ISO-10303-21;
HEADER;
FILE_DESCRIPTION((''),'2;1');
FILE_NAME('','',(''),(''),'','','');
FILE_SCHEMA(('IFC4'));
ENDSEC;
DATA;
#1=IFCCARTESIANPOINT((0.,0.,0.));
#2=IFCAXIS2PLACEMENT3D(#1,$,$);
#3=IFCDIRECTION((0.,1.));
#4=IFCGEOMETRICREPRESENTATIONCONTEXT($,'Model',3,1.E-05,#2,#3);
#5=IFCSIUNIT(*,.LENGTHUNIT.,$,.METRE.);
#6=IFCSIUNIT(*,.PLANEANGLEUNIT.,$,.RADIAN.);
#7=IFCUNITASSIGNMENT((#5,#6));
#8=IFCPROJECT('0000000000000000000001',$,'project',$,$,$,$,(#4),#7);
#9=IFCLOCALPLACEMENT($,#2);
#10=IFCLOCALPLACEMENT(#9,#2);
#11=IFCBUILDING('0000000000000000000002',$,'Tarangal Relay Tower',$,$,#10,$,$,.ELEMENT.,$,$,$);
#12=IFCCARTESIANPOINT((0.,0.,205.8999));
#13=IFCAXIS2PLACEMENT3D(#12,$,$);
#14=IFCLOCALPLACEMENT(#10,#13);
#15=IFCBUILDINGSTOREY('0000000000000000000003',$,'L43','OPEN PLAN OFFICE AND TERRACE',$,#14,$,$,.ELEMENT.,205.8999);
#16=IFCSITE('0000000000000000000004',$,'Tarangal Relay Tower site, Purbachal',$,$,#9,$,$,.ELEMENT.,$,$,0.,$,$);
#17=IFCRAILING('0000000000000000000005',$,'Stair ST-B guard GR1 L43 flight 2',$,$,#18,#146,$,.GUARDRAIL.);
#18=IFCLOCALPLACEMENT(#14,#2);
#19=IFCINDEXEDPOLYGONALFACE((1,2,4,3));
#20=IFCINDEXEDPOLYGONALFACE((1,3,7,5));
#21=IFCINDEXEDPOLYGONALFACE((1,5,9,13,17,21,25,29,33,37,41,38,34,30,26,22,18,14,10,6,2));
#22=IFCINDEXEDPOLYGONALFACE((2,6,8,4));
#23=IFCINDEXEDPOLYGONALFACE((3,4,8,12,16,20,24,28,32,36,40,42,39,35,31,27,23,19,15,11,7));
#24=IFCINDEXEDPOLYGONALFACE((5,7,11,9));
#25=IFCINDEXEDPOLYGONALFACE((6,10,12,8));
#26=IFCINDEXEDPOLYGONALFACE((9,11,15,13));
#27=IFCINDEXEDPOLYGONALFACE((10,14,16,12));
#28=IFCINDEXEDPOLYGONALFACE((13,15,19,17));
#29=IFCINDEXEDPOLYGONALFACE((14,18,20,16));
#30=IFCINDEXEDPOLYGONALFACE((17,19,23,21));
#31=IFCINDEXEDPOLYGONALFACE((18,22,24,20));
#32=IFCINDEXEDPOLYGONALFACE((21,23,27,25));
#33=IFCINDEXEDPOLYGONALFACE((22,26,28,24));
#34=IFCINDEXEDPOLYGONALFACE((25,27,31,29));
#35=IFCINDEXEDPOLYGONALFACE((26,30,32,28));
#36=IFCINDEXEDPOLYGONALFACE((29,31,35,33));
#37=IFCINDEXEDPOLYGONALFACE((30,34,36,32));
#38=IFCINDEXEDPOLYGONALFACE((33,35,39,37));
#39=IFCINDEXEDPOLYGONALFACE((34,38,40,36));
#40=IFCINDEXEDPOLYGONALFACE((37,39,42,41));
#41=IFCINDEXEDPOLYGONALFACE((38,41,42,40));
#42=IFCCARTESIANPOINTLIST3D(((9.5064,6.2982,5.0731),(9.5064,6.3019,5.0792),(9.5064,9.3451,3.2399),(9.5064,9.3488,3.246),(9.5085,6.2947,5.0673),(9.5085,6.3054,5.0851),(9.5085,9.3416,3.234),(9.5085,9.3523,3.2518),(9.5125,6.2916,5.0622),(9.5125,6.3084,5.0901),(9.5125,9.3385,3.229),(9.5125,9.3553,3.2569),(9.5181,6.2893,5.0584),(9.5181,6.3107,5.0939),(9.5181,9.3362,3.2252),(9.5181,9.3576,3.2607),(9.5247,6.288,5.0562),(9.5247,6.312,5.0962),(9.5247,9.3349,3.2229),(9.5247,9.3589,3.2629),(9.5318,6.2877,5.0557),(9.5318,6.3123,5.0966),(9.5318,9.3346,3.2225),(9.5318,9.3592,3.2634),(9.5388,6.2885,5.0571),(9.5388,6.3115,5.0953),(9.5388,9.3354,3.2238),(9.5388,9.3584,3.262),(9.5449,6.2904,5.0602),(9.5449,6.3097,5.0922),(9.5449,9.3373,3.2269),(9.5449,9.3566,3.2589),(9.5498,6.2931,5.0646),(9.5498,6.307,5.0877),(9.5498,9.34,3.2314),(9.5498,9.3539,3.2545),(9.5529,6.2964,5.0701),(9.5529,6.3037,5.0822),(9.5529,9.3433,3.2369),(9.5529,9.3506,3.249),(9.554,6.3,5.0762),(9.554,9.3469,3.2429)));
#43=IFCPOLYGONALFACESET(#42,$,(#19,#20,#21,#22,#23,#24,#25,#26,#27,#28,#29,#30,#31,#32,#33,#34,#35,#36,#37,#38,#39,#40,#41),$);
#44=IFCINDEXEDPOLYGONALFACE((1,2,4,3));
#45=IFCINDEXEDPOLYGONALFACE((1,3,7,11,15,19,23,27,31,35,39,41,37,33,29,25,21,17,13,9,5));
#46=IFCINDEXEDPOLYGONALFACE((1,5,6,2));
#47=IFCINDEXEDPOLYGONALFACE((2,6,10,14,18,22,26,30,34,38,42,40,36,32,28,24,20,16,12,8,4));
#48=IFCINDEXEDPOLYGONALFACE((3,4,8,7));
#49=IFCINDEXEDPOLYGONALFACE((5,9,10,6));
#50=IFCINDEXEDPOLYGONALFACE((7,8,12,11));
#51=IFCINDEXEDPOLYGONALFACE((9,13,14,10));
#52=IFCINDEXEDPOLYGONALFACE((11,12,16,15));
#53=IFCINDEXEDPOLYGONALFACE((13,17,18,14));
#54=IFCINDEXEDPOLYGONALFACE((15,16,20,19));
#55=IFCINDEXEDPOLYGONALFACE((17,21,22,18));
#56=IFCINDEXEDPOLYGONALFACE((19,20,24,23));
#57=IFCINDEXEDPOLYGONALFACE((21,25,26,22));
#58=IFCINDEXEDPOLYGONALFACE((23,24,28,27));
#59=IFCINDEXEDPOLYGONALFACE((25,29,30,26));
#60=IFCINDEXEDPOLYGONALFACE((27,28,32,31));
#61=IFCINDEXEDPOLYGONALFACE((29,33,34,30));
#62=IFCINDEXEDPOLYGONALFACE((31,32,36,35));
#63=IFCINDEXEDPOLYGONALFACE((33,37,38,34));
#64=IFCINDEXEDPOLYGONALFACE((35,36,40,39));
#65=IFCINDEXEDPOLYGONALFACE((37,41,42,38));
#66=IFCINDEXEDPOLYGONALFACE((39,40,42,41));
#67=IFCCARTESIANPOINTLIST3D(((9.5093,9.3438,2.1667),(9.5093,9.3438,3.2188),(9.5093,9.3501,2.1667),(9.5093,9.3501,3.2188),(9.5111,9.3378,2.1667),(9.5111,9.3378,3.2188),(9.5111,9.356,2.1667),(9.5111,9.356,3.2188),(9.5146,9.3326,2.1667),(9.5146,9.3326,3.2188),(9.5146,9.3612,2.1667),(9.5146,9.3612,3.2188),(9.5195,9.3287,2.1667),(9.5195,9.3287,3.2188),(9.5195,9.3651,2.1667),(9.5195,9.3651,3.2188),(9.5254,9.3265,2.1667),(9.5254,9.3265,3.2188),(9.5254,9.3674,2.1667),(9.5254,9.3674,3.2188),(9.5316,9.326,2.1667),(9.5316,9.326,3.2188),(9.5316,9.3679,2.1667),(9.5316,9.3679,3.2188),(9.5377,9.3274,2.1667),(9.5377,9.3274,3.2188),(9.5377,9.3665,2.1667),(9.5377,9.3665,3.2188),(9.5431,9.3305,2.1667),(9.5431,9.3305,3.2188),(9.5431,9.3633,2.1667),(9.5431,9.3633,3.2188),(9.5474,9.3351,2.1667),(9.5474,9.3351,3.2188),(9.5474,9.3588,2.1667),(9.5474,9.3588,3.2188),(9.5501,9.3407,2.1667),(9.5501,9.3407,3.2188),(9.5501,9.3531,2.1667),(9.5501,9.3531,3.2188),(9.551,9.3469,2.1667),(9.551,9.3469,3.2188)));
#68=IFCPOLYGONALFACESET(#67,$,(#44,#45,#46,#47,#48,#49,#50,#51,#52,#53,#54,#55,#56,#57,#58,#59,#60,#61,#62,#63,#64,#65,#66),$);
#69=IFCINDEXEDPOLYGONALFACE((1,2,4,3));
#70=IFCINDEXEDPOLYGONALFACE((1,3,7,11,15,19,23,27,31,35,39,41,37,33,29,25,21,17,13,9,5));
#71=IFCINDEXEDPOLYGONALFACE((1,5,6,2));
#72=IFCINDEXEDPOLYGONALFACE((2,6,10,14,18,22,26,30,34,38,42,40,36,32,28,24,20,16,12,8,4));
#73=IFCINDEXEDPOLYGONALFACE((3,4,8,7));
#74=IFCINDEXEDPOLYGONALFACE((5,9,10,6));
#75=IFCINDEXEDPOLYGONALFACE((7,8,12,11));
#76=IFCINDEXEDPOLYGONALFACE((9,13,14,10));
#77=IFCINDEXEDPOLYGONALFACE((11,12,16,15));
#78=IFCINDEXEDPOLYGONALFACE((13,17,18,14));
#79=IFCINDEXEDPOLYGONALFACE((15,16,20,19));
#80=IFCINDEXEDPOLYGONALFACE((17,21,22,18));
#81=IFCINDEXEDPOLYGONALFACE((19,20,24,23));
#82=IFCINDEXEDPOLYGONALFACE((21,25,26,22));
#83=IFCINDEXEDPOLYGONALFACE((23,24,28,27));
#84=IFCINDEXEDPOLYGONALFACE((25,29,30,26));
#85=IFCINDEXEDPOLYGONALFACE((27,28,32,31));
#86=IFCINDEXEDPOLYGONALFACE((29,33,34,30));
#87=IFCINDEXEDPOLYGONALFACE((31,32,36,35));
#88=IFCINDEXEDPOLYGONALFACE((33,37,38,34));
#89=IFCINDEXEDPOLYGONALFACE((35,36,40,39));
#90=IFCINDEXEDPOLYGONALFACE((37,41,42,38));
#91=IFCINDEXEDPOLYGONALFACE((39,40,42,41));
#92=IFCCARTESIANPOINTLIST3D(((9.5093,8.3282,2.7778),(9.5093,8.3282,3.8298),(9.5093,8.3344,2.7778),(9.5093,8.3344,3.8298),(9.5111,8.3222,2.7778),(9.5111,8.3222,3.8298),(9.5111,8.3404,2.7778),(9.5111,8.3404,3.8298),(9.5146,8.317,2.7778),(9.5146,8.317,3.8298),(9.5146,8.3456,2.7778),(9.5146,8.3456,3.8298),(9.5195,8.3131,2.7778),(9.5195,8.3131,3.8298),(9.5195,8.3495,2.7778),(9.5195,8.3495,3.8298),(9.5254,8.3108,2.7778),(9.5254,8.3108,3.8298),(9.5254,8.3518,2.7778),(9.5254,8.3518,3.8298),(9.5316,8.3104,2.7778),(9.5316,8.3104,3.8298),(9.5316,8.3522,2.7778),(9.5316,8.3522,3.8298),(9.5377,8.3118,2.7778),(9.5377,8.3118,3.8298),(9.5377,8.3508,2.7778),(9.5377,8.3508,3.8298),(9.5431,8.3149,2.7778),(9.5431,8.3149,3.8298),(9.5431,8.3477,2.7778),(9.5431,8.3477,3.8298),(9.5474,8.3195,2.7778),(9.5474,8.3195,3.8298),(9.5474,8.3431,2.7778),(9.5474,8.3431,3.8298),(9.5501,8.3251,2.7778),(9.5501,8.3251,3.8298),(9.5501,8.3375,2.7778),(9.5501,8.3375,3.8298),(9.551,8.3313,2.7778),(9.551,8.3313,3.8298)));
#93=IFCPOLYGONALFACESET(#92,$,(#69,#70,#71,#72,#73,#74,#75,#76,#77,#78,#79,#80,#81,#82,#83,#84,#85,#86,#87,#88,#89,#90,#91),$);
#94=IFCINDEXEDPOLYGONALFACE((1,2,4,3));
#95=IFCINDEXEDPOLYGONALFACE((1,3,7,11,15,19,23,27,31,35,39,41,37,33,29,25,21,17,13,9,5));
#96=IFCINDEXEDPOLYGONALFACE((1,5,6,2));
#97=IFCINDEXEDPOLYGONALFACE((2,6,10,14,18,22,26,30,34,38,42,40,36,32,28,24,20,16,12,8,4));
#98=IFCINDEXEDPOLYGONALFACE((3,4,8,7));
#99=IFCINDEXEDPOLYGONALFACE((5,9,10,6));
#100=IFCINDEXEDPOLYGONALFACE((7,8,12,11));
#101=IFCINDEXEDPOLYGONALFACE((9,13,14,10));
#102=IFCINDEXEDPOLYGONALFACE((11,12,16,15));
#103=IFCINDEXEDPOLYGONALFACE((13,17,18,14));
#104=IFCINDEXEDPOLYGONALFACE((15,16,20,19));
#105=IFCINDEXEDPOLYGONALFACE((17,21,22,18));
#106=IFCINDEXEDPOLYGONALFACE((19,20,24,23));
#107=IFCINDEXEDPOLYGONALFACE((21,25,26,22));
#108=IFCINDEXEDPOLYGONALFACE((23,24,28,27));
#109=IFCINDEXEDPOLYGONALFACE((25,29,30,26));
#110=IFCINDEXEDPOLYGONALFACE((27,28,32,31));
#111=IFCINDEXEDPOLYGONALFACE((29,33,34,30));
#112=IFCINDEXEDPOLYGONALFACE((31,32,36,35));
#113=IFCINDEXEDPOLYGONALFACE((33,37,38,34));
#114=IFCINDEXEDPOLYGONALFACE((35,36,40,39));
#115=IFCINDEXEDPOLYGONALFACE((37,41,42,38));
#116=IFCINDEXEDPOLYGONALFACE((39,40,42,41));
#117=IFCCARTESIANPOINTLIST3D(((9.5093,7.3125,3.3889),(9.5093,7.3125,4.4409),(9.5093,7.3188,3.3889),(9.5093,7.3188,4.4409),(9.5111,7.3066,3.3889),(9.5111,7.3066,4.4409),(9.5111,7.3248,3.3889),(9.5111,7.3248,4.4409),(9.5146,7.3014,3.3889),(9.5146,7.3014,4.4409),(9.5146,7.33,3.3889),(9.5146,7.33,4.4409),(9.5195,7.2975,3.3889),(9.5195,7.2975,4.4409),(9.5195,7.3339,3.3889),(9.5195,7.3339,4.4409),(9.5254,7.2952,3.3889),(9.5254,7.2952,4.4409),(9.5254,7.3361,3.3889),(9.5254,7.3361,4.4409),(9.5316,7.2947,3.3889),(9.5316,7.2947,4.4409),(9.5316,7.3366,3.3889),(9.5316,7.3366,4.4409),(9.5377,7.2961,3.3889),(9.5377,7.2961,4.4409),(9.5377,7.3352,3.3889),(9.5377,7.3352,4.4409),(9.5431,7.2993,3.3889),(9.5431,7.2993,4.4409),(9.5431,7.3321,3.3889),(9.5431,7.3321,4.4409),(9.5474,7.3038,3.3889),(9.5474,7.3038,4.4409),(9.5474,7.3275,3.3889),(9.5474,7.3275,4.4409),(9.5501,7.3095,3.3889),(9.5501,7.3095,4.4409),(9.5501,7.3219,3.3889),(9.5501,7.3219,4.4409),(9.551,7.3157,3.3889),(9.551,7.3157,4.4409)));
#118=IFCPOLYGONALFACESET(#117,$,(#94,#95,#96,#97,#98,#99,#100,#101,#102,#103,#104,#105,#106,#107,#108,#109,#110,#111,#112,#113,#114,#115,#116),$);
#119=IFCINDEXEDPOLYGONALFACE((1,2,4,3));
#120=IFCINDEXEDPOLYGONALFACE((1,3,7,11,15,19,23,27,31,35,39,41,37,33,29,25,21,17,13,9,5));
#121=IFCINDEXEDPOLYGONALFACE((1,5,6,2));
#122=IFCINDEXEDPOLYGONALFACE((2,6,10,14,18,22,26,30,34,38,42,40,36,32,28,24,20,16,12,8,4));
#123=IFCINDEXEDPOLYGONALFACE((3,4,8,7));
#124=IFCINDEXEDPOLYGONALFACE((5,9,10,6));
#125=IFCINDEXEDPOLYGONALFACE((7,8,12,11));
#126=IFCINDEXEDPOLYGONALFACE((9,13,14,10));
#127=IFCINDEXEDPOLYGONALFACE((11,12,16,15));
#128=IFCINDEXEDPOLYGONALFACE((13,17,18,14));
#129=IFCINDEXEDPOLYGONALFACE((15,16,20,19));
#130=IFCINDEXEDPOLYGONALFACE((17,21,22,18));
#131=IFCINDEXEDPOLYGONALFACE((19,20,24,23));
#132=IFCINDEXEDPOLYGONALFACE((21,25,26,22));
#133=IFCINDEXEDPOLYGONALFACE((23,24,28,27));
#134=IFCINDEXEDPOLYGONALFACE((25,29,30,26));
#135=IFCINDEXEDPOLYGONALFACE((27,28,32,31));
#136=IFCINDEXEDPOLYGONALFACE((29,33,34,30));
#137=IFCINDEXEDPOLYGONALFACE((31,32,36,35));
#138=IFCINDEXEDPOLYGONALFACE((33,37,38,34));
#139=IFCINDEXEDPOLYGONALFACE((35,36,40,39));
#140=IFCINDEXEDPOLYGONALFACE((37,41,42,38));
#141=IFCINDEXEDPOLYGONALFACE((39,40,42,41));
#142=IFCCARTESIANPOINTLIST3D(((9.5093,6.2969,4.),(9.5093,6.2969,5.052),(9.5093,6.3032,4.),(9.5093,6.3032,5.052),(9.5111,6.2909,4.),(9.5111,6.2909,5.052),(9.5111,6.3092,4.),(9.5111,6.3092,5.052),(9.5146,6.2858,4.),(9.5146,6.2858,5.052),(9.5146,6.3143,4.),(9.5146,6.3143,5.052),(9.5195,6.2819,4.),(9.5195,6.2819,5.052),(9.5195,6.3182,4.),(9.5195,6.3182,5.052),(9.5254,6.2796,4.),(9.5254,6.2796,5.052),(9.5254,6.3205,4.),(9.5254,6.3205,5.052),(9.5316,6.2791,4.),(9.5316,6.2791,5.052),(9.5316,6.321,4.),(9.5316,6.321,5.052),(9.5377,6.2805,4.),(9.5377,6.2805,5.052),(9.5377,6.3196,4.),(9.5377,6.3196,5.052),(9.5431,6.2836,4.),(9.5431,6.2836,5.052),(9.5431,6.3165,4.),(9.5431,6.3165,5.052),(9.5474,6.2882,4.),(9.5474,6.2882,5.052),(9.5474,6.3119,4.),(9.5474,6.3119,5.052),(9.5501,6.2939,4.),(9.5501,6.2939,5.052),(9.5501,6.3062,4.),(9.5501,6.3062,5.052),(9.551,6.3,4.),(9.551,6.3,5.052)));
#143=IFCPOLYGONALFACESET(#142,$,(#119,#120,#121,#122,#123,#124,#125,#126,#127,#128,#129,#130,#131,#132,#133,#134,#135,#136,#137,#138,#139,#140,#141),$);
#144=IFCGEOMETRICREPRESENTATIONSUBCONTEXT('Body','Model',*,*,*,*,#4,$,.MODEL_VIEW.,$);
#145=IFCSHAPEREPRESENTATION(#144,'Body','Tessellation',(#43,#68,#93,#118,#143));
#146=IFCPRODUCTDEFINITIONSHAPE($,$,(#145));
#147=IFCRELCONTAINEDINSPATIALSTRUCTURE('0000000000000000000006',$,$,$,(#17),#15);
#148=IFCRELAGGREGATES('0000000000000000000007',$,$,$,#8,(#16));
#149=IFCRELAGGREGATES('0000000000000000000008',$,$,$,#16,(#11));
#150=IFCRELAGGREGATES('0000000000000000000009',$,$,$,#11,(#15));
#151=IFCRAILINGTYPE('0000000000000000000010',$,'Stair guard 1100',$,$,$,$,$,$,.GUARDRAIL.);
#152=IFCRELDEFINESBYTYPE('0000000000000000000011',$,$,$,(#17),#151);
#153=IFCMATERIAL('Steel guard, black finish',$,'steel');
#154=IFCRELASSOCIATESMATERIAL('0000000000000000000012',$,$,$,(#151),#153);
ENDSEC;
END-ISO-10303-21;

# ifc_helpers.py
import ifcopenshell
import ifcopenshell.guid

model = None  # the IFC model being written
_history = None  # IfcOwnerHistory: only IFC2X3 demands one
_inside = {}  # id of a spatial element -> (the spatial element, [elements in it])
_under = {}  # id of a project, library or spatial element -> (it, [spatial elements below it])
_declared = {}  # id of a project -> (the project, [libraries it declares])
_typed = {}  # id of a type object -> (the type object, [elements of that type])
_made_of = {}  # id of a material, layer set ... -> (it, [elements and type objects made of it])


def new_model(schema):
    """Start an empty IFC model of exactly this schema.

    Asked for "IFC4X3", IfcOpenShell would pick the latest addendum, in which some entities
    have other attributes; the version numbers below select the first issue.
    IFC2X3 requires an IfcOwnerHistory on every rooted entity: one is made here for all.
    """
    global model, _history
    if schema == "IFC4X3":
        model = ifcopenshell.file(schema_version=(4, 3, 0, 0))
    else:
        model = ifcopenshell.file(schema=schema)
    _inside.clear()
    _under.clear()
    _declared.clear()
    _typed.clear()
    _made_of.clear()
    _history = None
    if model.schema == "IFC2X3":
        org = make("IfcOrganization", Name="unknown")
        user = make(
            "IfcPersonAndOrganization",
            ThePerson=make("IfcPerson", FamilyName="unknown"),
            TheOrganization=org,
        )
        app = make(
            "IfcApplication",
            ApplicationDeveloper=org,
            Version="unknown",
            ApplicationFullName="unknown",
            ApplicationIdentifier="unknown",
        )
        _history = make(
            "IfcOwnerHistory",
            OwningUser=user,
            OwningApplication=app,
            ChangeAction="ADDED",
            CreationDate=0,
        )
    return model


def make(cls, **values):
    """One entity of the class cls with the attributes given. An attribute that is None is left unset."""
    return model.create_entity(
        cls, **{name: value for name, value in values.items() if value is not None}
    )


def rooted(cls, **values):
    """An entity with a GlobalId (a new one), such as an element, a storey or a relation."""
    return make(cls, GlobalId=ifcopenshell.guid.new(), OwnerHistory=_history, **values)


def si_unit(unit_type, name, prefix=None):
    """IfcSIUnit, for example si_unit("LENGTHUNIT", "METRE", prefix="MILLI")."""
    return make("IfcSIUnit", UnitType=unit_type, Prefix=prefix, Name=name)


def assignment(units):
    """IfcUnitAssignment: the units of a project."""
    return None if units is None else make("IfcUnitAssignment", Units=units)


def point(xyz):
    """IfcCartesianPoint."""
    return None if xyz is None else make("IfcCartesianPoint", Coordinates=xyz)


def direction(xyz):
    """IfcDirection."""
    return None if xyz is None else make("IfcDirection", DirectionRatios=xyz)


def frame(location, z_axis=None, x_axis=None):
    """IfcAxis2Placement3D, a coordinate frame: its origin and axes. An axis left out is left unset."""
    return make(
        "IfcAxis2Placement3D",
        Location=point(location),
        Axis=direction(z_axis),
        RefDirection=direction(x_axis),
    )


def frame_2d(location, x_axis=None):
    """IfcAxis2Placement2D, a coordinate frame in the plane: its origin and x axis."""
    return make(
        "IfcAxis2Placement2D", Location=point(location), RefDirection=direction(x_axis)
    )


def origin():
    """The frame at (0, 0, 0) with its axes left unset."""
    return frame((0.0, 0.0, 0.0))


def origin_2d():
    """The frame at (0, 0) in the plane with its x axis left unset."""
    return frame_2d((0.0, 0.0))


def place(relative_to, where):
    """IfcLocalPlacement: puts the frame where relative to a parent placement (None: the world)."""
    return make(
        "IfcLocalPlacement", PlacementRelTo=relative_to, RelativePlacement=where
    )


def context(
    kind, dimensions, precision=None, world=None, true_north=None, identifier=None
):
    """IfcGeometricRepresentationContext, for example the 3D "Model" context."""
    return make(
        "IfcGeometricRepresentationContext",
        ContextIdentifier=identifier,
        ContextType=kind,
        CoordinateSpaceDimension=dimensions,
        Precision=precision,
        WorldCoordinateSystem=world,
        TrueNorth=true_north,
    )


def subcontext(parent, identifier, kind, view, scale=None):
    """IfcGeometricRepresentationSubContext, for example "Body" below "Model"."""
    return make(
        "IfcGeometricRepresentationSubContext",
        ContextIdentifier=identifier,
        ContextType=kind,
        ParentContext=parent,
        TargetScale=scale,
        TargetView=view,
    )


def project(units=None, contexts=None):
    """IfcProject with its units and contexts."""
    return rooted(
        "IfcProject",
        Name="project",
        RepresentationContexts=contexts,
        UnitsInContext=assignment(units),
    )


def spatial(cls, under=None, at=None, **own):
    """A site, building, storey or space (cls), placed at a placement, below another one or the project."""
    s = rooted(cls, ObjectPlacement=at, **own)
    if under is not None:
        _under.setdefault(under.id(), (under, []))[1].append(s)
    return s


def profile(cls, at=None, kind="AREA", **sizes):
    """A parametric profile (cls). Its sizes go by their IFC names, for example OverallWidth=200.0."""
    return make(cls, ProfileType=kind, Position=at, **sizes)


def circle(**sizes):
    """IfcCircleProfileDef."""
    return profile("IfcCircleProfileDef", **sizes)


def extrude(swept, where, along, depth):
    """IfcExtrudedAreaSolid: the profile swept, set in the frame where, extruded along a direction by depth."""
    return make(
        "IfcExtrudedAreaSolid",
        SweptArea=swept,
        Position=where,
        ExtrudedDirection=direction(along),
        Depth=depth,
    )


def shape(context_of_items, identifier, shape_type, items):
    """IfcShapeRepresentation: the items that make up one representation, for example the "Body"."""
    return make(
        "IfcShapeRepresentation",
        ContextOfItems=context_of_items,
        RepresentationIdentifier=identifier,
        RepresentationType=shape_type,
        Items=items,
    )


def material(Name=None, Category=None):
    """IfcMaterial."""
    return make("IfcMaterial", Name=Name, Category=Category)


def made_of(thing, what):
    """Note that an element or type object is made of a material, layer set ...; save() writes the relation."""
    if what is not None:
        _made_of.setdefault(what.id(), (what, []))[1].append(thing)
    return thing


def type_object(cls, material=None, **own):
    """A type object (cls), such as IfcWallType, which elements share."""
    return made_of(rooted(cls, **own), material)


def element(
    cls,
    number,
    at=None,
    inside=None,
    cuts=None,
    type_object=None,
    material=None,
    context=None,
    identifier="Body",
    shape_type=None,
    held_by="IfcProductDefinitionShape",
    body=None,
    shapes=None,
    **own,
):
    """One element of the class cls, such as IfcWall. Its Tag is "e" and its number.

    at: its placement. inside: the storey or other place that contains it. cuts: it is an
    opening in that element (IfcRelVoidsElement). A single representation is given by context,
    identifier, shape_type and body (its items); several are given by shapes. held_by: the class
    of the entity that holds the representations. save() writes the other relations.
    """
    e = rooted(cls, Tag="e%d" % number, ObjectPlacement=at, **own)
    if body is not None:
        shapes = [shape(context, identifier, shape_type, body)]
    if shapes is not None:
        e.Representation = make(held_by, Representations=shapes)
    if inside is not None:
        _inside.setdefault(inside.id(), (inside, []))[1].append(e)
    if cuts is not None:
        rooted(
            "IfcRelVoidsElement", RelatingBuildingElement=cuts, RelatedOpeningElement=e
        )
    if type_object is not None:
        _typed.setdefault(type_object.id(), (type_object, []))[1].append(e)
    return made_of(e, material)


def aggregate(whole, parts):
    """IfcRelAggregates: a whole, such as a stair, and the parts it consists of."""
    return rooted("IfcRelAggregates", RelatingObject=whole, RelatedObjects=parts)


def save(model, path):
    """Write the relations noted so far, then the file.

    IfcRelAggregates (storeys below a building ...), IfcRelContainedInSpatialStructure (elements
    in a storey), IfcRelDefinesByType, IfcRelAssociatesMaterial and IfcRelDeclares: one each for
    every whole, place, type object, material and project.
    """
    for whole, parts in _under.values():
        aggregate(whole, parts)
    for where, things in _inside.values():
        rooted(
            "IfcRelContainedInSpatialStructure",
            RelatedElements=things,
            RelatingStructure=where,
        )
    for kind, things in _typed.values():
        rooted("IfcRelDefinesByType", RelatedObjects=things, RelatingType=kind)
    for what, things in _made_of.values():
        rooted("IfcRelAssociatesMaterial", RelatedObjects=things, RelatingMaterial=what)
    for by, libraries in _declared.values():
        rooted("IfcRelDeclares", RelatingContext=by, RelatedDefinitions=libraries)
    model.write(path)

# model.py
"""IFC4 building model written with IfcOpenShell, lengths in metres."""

from ifc_helpers import new_model, si_unit, direction, frame, origin, origin_2d, place, context, subcontext, project, spatial, circle, extrude, material, type_object, element, save


model = new_model("IFC4")

# Units and contexts
model_context = context("Model", 3, precision=1e-05, world=origin(), true_north=direction((0.0, 1.0)))
body_context = subcontext(model_context, "Body", "Model", "MODEL_VIEW")
ifc_project = project(units=[si_unit("LENGTHUNIT", "METRE"), si_unit("PLANEANGLEUNIT", "RADIAN")], contexts=[model_context])

# Site, building, storey
site_placement = place(None, origin())
site = spatial("IfcSite", under=ifc_project, at=site_placement, Name="Tarangal Relay Tower site, Purbachal", CompositionType="ELEMENT", RefElevation=0.0)
building_placement = place(site_placement, origin())
building = spatial("IfcBuilding", under=site, at=building_placement, Name="Tarangal Relay Tower", CompositionType="ELEMENT")
storey_placement = place(building_placement, frame((0.0, 0.0, 205.8999)))
storey = spatial("IfcBuildingStorey", under=building, at=storey_placement, Name="L43", Description="OPEN PLAN OFFICE AND TERRACE", CompositionType="ELEMENT", Elevation=205.8999)

# Railing
ifc_material_1 = material(Name="Steel guard, black finish", Category="steel")
railing_type_1 = type_object("IfcRailingType", Name="Stair guard 1100", PredefinedType="GUARDRAIL", material=ifc_material_1)
railing_1_placement = place(storey_placement, frame((9.53, 9.3469, 2.1667)))
element("IfcRailing", 1, at=railing_1_placement, inside=storey, type_object=railing_type_1, Name="Stair ST-B guard GR1 L43 flight 2", PredefinedType="GUARDRAIL", context=body_context, shape_type="SweptSolid", body=[
    extrude(circle(Radius=0.0239, at=origin_2d()), frame((0.0, 0.0, 1.0762), z_axis=(0.0, -0.856856, 0.515556), x_axis=(1.0, 0.0, 0.0)), (0.0, 0.0, 1.0), 3.5559),
    extrude(circle(Radius=0.021, at=origin_2d()), origin(), (0.0, 0.0, 1.0), 1.052),
    extrude(circle(Radius=0.021, at=origin_2d()), frame((0.0, -1.0156, 0.6111)), (0.0, 0.0, 1.0), 1.052),
    extrude(circle(Radius=0.021, at=origin_2d()), frame((0.0, -2.0312, 1.2222)), (0.0, 0.0, 1.0), 1.052),
    extrude(circle(Radius=0.021, at=origin_2d()), frame((0.0, -3.0469, 1.8333)), (0.0, 0.0, 1.0), 1.052),
])

save(model, "model.ifc")
